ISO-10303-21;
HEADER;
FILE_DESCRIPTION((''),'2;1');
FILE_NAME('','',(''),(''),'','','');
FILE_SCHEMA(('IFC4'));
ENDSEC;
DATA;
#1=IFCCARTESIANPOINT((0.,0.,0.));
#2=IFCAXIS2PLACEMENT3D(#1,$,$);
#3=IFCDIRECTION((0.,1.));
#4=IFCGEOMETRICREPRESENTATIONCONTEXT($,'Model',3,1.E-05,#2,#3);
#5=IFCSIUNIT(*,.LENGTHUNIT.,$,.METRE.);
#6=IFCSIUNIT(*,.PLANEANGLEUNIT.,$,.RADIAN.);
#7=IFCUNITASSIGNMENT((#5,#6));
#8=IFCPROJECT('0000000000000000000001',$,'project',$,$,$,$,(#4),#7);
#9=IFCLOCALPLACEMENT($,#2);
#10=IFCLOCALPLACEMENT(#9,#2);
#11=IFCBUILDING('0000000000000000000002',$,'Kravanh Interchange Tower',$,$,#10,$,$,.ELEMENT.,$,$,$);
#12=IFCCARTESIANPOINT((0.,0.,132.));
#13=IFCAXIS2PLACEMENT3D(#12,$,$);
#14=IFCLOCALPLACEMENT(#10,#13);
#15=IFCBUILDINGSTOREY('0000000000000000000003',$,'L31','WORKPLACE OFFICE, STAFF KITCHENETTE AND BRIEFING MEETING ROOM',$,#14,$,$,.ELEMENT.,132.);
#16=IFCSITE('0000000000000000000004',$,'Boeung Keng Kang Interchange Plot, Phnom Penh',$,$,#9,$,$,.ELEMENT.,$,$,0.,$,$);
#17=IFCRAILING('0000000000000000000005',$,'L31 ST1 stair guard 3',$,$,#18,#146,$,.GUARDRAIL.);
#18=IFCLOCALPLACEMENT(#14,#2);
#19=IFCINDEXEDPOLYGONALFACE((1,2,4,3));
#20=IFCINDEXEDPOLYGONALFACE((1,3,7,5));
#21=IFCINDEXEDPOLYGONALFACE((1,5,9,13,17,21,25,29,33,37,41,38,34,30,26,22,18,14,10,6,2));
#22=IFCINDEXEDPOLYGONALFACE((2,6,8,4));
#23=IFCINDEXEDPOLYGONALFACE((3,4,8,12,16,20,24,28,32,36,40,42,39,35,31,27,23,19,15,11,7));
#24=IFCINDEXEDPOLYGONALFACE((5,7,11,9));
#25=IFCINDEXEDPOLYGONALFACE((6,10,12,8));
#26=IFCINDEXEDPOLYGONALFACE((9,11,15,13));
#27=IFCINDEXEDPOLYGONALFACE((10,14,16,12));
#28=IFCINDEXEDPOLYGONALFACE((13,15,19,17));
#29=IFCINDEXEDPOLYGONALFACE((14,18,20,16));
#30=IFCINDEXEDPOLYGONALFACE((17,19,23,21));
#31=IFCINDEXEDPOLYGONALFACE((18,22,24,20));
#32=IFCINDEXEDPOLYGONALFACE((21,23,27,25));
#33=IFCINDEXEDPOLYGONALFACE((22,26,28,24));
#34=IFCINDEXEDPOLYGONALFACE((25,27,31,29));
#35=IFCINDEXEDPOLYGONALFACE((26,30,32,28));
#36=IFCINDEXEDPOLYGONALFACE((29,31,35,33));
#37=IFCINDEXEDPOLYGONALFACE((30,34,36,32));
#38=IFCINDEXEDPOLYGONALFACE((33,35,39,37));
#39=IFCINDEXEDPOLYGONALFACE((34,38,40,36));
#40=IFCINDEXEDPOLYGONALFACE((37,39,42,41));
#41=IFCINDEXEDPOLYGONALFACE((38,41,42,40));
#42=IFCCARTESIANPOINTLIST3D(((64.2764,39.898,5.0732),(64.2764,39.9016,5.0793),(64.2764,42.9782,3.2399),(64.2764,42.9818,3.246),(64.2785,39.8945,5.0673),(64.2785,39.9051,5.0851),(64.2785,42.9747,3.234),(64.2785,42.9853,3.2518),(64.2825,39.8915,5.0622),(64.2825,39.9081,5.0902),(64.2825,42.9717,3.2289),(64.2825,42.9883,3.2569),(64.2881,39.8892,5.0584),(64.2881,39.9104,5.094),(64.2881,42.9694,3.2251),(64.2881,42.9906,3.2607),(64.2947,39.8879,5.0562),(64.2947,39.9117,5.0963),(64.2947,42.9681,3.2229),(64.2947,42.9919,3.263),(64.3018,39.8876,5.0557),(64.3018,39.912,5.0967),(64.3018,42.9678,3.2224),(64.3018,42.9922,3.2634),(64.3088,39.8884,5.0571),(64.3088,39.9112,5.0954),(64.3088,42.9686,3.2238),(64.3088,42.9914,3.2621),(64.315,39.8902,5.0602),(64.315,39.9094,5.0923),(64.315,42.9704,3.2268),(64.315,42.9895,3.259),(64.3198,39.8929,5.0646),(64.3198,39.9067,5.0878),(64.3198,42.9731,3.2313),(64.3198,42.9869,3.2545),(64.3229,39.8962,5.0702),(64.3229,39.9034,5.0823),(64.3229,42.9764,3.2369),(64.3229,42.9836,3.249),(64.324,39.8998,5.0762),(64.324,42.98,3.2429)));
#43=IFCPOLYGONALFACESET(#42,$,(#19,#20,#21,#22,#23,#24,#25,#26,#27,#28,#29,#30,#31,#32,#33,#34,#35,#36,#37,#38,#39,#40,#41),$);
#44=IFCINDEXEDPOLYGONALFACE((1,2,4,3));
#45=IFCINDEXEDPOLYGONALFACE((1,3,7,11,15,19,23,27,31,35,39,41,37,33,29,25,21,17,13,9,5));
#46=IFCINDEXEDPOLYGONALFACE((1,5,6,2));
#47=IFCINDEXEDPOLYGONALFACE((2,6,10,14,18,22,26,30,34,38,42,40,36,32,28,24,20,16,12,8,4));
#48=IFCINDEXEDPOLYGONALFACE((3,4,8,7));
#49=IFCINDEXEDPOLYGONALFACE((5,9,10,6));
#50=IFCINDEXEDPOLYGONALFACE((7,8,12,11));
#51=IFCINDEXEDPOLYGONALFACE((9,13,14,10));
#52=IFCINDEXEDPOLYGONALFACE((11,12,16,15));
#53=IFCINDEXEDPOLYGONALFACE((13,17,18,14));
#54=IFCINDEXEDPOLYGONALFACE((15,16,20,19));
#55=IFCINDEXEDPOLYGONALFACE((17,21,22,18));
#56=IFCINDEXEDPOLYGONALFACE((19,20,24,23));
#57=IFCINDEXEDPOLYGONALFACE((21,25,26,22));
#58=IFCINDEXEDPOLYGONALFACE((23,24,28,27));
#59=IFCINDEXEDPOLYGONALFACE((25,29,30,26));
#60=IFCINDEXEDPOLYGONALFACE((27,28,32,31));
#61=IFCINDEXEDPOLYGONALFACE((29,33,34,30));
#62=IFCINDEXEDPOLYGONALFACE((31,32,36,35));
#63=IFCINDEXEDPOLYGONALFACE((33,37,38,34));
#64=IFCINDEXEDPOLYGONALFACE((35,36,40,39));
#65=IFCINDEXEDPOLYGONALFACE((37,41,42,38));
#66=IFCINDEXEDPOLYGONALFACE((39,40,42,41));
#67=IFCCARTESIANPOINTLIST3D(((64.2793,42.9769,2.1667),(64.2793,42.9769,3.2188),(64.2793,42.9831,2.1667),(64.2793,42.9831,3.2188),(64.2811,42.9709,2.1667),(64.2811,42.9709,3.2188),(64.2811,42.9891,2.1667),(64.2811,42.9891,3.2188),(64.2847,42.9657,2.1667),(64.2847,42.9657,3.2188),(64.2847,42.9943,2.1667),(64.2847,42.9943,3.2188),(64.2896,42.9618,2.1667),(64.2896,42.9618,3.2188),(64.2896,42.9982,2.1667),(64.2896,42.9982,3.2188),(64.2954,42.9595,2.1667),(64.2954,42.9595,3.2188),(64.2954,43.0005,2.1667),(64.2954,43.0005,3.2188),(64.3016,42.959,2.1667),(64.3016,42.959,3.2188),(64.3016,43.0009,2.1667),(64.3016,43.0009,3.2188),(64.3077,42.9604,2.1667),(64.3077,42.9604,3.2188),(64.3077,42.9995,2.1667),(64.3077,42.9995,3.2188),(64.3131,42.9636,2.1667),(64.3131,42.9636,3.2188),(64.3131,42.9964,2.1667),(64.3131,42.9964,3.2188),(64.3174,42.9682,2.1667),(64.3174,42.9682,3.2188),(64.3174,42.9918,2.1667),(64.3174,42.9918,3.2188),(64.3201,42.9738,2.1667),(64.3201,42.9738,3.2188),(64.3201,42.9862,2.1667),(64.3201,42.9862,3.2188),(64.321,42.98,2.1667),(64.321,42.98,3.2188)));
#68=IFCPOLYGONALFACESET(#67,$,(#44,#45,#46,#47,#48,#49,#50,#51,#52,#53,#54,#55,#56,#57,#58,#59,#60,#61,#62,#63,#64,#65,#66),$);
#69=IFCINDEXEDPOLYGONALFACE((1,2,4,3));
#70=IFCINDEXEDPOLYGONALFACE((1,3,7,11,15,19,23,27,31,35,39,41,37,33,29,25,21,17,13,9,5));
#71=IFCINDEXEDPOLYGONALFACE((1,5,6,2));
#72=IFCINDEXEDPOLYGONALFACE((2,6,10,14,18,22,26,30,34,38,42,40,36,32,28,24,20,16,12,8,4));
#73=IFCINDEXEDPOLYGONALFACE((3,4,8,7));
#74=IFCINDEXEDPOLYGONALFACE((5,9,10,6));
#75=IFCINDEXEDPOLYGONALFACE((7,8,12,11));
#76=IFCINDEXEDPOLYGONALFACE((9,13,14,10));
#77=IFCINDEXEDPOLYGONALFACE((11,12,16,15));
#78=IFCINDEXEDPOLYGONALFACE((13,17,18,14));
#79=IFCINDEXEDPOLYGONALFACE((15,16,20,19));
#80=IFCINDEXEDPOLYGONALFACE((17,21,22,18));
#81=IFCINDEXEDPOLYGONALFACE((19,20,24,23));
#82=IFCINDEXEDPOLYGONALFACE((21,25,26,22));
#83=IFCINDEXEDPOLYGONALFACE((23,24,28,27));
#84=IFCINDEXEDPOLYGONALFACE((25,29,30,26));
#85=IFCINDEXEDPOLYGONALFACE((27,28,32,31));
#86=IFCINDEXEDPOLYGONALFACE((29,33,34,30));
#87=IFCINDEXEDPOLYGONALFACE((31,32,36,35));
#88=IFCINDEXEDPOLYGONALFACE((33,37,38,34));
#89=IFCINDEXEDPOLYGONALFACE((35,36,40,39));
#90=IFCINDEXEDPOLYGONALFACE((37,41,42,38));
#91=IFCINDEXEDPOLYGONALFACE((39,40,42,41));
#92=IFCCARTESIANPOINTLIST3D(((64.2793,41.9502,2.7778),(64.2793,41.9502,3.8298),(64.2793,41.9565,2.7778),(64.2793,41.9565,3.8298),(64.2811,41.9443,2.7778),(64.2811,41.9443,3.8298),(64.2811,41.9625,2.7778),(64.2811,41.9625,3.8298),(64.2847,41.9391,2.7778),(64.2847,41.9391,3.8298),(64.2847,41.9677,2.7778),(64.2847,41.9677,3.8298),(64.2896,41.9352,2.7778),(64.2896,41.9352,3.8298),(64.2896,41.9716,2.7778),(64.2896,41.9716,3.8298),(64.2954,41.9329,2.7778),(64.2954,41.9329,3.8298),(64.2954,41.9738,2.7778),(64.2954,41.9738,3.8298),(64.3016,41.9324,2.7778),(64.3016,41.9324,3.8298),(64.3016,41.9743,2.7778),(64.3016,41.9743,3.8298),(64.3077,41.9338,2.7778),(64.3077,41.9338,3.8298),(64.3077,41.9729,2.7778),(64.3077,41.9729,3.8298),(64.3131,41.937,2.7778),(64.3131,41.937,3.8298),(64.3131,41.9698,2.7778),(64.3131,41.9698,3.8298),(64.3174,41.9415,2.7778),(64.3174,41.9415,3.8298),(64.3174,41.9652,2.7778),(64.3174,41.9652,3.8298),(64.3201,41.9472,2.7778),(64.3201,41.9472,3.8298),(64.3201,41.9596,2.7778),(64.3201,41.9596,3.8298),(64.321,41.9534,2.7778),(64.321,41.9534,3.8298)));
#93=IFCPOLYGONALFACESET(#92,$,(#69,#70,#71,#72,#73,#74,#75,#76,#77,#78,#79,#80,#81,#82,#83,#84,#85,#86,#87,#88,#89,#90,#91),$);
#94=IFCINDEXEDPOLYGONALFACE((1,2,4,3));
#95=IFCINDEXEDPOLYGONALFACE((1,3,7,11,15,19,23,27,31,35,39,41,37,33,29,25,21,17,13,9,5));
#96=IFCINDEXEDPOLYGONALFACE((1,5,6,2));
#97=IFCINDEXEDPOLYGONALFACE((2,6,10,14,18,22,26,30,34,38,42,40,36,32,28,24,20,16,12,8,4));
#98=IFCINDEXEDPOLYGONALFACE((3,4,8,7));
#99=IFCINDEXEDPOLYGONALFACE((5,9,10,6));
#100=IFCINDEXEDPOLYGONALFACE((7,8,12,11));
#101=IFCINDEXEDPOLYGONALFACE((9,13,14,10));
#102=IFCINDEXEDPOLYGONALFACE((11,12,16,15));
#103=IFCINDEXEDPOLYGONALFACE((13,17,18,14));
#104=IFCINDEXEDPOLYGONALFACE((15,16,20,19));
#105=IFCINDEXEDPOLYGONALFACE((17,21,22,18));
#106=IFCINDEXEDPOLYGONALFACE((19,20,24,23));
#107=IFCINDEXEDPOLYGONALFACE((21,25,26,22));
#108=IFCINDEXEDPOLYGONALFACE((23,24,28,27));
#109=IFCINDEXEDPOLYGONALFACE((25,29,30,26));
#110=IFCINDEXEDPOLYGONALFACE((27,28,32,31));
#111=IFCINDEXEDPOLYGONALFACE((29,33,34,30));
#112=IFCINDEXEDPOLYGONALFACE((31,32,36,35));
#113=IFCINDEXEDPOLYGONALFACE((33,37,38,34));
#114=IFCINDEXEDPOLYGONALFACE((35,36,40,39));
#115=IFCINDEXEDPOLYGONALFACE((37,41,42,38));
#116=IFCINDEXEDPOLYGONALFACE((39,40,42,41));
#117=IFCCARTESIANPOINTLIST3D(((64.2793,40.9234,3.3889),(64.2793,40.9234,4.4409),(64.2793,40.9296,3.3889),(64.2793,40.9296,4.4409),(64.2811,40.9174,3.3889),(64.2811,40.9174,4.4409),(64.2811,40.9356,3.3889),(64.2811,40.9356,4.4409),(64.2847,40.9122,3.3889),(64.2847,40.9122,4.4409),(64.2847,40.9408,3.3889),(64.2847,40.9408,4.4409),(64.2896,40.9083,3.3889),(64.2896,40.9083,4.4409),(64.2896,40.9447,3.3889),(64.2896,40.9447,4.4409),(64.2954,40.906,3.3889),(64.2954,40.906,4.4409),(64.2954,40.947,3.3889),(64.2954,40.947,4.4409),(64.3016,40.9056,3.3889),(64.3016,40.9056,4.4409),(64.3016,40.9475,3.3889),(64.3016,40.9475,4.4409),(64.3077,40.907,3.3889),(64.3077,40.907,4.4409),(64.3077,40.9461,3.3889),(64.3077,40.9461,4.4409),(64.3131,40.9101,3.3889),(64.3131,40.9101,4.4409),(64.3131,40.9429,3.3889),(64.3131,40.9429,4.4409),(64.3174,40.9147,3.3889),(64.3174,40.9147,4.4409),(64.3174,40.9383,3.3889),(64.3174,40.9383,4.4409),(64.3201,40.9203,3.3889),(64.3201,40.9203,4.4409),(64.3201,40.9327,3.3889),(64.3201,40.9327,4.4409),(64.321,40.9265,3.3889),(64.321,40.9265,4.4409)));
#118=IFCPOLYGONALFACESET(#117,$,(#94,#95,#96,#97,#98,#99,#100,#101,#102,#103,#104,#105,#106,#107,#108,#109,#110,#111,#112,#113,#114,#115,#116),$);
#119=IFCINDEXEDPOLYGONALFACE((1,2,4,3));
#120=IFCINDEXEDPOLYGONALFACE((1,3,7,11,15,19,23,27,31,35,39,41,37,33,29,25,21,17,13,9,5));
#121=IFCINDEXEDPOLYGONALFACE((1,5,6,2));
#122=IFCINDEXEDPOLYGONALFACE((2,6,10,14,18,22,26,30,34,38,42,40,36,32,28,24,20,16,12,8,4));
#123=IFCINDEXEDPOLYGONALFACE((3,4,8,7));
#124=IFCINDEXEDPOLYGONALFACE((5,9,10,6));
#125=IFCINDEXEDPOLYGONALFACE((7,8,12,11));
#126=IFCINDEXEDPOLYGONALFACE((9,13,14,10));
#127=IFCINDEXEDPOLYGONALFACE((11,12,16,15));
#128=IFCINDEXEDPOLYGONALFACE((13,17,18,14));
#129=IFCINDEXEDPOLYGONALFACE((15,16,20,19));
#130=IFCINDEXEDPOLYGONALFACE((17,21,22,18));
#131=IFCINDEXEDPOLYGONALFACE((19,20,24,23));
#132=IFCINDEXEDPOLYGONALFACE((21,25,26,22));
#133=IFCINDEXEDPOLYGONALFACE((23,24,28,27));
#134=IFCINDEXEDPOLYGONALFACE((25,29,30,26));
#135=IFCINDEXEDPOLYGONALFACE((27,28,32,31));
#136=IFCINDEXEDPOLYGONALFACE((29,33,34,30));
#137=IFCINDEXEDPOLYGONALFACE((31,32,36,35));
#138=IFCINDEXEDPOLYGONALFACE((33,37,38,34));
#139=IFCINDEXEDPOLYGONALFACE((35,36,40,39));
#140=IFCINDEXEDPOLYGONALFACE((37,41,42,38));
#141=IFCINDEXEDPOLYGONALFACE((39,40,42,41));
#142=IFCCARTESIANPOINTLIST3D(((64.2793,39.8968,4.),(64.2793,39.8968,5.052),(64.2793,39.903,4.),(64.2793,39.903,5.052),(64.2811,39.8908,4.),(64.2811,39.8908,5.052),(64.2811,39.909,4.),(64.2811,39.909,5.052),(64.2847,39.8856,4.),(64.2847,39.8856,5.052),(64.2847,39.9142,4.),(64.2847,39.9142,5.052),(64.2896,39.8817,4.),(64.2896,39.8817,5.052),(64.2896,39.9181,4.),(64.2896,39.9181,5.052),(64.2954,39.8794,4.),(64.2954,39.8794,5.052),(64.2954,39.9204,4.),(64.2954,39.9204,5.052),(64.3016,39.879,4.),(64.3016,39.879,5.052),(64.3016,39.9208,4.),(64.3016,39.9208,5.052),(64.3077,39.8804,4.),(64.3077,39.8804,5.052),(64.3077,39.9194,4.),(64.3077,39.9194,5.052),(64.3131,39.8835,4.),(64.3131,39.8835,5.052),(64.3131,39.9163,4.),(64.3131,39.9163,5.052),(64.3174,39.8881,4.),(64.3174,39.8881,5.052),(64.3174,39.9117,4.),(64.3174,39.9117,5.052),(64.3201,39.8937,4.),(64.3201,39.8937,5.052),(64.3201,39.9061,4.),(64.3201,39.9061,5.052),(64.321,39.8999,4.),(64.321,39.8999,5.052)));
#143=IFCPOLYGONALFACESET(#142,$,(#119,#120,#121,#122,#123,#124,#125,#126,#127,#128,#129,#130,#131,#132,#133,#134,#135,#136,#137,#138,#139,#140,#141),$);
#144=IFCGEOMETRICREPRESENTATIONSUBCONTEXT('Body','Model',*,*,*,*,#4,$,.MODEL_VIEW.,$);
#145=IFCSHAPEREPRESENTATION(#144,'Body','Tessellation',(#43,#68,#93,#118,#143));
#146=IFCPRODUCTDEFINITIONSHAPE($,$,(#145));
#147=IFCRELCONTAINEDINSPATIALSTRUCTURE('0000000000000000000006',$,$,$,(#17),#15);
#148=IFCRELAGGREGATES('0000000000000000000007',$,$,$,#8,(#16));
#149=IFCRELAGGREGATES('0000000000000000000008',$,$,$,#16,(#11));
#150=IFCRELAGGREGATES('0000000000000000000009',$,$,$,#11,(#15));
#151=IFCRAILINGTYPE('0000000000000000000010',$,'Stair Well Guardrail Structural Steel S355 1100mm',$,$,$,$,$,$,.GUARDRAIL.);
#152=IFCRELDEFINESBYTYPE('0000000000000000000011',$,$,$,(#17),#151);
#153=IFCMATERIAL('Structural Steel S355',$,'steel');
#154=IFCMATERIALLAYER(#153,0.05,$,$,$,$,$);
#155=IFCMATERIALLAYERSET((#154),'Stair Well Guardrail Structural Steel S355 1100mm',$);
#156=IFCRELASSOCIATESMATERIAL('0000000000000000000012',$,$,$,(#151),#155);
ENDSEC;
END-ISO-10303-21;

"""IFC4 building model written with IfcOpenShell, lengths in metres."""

from ifc_helpers import new_model, si_unit, direction, frame, origin, origin_2d, place, context, subcontext, project, spatial, circle, extrude, material, layer, layer_set, type_object, element, save


model = new_model("IFC4")

# Units and contexts
model_context = context("Model", 3, precision=1e-05, world=origin(), true_north=direction((0.0, 1.0)))
body_context = subcontext(model_context, "Body", "Model", "MODEL_VIEW")
ifc_project = project(units=[si_unit("LENGTHUNIT", "METRE"), si_unit("PLANEANGLEUNIT", "RADIAN")], contexts=[model_context])

# Site, building, storey
site_placement = place(None, origin())
site = spatial("IfcSite", under=ifc_project, at=site_placement, Name="Boeung Keng Kang Interchange Plot, Phnom Penh", CompositionType="ELEMENT", RefElevation=0.0)
building_placement = place(site_placement, origin())
building = spatial("IfcBuilding", under=site, at=building_placement, Name="Kravanh Interchange Tower", CompositionType="ELEMENT")
storey_placement = place(building_placement, frame((0.0, 0.0, 132.0)))
storey = spatial("IfcBuildingStorey", under=building, at=storey_placement, Name="L31", Description="WORKPLACE OFFICE, STAFF KITCHENETTE AND BRIEFING MEETING ROOM", CompositionType="ELEMENT", Elevation=132.0)

# Railing
ifc_material_1 = material(Name="Structural Steel S355", Category="steel")
ifc_layer_1 = layer(ifc_material_1, 0.05)
ifc_layer_set_1 = layer_set([ifc_layer_1], Name="Stair Well Guardrail Structural Steel S355 1100mm")
railing_type_1 = type_object("IfcRailingType", Name="Stair Well Guardrail Structural Steel S355 1100mm", PredefinedType="GUARDRAIL", material=ifc_layer_set_1)
railing_1_placement = place(storey_placement, frame((64.3, 42.98, 2.1667)))
element("IfcRailing", 1, at=railing_1_placement, inside=storey, type_object=railing_type_1, Name="L31 ST1 stair guard 3", PredefinedType="GUARDRAIL", context=body_context, shape_type="SweptSolid", body=[
    extrude(circle(Radius=0.0239, at=origin_2d()), frame((0.0, 0.0, 1.0762), z_axis=(0.0, -0.859309, 0.511458), x_axis=(1.0, 0.0, 0.0)), (0.0, 0.0, 1.0), 3.5845),
    extrude(circle(Radius=0.021, at=origin_2d()), origin(), (0.0, 0.0, 1.0), 1.052),
    extrude(circle(Radius=0.021, at=origin_2d()), frame((0.0, -1.0266, 0.6111)), (0.0, 0.0, 1.0), 1.052),
    extrude(circle(Radius=0.021, at=origin_2d()), frame((0.0, -2.0535, 1.2222)), (0.0, 0.0, 1.0), 1.052),
    extrude(circle(Radius=0.021, at=origin_2d()), frame((0.0, -3.0801, 1.8333)), (0.0, 0.0, 1.0), 1.052),
])

save(model, "model.ifc")
